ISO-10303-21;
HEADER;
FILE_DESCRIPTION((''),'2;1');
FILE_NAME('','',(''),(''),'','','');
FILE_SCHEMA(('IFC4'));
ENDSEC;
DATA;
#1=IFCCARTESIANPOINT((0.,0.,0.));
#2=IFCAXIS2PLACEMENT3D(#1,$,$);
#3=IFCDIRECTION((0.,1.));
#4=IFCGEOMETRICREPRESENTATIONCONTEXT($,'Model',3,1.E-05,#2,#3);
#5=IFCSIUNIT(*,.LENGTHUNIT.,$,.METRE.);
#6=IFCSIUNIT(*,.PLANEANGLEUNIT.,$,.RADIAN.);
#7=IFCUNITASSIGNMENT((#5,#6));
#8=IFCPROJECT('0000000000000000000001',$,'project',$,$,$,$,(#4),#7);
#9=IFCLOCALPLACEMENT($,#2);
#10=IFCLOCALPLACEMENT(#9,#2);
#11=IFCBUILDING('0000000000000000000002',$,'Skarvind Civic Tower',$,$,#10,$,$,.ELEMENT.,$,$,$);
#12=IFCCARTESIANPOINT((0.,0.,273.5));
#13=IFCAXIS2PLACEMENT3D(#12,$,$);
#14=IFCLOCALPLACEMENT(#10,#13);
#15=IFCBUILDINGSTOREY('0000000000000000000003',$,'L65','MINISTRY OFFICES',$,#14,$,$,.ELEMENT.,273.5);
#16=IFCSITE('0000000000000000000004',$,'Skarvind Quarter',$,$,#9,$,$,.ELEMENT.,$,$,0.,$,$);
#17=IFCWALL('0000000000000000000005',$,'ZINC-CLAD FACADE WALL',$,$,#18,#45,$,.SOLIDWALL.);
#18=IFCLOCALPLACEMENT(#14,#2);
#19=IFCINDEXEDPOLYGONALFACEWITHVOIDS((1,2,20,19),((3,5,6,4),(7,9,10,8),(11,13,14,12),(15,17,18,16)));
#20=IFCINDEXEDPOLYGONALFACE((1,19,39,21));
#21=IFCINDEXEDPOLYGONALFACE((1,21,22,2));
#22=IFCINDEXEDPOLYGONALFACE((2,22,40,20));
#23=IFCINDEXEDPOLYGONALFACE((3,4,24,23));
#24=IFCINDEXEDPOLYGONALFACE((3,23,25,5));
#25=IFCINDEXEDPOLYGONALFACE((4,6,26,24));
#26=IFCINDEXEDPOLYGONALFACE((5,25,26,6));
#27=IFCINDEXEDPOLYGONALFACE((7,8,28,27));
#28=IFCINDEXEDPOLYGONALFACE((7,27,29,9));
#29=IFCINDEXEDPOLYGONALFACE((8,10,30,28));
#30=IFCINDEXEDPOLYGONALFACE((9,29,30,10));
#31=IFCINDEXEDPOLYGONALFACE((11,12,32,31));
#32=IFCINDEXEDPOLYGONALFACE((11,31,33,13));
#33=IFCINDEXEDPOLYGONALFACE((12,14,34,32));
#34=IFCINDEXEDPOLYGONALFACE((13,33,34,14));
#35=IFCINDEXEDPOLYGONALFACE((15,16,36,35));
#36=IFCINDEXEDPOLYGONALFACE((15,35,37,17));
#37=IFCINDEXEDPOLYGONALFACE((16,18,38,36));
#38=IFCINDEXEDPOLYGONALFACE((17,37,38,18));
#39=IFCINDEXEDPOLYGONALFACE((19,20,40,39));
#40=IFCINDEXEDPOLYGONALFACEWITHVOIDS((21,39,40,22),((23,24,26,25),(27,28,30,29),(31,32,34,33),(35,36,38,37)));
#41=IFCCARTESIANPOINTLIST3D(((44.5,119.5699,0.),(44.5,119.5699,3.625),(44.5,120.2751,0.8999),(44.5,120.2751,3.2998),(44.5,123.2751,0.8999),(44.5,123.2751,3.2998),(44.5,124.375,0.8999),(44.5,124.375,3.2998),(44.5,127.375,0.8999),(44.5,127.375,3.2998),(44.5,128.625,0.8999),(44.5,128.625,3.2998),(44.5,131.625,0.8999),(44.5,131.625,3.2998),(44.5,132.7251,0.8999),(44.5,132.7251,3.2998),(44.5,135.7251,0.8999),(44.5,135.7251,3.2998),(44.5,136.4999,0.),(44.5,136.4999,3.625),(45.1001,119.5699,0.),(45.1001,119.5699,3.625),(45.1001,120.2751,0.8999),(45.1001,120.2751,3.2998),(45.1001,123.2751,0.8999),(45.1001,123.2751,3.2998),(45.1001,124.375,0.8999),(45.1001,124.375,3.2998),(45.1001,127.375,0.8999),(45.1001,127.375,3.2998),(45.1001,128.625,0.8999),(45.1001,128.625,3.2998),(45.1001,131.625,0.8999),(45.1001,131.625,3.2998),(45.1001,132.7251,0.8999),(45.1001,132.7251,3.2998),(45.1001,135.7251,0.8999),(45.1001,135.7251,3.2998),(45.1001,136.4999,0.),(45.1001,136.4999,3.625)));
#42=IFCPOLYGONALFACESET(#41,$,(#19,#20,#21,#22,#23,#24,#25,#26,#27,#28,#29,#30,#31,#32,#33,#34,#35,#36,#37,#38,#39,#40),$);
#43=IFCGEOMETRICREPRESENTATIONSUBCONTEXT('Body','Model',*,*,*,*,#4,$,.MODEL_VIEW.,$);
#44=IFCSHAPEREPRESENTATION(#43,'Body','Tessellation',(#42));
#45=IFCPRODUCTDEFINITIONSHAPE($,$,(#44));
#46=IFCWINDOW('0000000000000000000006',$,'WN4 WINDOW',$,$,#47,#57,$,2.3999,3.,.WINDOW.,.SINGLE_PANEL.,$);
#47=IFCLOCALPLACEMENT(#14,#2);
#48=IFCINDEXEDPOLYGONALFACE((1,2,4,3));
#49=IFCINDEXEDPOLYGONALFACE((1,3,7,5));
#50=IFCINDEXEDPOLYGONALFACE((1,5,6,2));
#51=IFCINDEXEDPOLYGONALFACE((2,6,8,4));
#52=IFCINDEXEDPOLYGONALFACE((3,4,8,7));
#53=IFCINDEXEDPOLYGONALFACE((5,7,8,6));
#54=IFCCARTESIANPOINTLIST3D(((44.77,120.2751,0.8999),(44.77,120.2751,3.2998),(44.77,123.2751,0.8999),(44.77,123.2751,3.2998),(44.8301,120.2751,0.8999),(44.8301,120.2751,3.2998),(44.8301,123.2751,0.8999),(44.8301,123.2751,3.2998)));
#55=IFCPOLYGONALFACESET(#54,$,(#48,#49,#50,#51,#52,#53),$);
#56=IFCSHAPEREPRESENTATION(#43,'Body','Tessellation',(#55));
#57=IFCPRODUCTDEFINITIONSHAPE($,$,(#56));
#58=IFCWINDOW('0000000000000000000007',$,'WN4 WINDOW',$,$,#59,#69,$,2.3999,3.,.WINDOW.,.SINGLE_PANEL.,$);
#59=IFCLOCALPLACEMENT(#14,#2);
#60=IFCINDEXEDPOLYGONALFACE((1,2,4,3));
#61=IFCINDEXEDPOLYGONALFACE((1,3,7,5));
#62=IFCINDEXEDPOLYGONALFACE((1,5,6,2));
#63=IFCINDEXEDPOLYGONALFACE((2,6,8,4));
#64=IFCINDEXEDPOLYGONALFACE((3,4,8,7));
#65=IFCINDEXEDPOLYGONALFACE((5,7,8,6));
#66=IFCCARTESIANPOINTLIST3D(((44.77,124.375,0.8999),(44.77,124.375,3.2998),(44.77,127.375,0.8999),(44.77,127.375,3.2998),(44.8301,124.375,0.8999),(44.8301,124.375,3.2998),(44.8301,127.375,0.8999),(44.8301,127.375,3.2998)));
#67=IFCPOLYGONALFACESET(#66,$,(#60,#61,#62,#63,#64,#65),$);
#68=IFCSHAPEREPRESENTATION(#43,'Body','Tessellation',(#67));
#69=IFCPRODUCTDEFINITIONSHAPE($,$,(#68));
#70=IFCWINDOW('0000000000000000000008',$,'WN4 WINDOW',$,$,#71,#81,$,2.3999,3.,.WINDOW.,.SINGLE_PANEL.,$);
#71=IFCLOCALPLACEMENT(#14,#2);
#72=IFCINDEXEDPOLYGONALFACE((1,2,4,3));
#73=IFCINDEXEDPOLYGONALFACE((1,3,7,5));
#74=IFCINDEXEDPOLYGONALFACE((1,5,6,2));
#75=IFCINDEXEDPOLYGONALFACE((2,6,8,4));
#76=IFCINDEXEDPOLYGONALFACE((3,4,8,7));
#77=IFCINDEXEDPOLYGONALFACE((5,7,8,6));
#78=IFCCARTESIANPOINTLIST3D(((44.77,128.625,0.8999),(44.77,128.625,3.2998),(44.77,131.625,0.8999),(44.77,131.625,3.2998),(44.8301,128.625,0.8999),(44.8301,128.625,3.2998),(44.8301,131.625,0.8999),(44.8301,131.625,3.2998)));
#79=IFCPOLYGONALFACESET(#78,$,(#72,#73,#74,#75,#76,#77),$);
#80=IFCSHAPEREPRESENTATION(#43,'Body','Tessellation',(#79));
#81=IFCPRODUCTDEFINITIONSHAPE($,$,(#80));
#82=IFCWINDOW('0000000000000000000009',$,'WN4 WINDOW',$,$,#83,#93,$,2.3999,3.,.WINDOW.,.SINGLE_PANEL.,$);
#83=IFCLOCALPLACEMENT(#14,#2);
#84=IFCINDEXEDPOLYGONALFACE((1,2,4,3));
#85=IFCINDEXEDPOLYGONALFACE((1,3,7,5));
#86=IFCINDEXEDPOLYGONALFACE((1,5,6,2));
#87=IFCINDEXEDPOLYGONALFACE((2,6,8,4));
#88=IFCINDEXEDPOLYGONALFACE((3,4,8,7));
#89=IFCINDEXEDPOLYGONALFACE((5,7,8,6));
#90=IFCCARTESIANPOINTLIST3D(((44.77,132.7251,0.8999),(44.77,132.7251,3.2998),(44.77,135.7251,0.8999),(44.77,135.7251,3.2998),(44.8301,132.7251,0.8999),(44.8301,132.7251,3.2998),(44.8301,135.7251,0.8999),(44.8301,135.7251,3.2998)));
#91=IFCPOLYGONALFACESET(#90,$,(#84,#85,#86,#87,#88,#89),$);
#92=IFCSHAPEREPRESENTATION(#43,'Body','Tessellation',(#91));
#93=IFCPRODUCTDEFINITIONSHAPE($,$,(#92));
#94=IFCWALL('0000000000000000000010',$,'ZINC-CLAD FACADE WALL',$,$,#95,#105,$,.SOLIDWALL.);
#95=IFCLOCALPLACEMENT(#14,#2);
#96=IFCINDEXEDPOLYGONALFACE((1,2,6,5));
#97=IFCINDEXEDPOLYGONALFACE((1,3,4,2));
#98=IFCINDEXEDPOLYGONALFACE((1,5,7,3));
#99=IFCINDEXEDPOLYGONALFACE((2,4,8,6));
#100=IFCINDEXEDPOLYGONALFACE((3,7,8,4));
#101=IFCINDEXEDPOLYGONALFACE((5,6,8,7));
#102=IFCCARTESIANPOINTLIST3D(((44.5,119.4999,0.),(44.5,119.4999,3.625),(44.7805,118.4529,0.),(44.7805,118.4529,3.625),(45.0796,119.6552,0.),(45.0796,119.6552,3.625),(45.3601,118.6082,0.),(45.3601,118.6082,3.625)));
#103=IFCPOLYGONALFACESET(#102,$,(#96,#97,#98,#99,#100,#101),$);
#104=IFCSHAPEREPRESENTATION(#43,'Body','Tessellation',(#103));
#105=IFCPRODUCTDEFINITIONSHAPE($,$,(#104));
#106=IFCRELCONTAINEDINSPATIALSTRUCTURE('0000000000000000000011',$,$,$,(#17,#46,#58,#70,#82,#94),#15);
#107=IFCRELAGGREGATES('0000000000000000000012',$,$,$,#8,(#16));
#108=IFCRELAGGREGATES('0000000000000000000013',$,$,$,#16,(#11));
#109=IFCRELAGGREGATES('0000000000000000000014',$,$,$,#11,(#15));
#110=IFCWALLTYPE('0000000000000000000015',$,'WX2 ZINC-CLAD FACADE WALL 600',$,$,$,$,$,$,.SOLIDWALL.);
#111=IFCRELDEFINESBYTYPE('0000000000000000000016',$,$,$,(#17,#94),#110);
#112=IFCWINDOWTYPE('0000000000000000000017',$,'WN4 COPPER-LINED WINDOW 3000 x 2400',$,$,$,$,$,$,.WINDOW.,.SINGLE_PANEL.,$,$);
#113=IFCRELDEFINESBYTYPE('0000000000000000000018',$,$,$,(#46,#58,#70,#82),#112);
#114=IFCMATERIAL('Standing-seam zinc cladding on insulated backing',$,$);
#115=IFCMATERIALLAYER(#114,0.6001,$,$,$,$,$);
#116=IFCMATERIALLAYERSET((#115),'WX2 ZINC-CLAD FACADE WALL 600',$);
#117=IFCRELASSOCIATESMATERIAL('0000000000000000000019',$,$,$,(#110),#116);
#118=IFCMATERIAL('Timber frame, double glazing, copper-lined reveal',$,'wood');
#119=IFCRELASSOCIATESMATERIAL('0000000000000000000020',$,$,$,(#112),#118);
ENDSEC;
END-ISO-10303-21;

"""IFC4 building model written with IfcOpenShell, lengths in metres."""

from ifc_helpers import new_model, si_unit, direction, frame, frame_2d, origin, place, context, subcontext, project, spatial, rectangle, extrude, material, layer, layer_set, type_object, element, fill, save


model = new_model("IFC4")

# Units and contexts
model_context = context("Model", 3, precision=1e-05, world=origin(), true_north=direction((0.0, 1.0)))
body_context = subcontext(model_context, "Body", "Model", "MODEL_VIEW")
ifc_project = project(units=[si_unit("LENGTHUNIT", "METRE"), si_unit("PLANEANGLEUNIT", "RADIAN")], contexts=[model_context])

# Site, building, storey
site_placement = place(None, origin())
site = spatial("IfcSite", under=ifc_project, at=site_placement, Name="Skarvind Quarter", CompositionType="ELEMENT", RefElevation=0.0)
building_placement = place(site_placement, origin())
building = spatial("IfcBuilding", under=site, at=building_placement, Name="Skarvind Civic Tower", CompositionType="ELEMENT")
storey_placement = place(building_placement, frame((0.0, 0.0, 273.5)))
storey = spatial("IfcBuildingStorey", under=building, at=storey_placement, Name="L65", Description="MINISTRY OFFICES", CompositionType="ELEMENT", Elevation=273.5)

# Wall, openings, windows
ifc_material_1 = material(Name="Standing-seam zinc cladding on insulated backing")
ifc_layer_1 = layer(ifc_material_1, 0.6001)
ifc_layer_set_1 = layer_set([ifc_layer_1], Name="WX2 ZINC-CLAD FACADE WALL 600")
wall_type_1 = type_object("IfcWallType", Name="WX2 ZINC-CLAD FACADE WALL 600", PredefinedType="SOLIDWALL", material=ifc_layer_set_1)
wall_1_placement = place(storey_placement, frame((44.8, 119.5701, 0.0), z_axis=(0.0, 0.0, 1.0), x_axis=(0.0, 1.0, 0.0)))
wall_1 = element("IfcWall", 1, at=wall_1_placement, inside=storey, type_object=wall_type_1, Name="ZINC-CLAD FACADE WALL", PredefinedType="SOLIDWALL", context=body_context, shape_type="SweptSolid", body=[
    extrude(rectangle(XDim=16.9299, YDim=0.6001, at=frame_2d((8.4648, 0.0))), origin(), (0.0, 0.0, 1.0), 3.625),
])
opening_1_placement = place(wall_1_placement, frame((0.7051, 0.0, 0.8999)))
opening_1 = element("IfcOpeningElement", 2, at=opening_1_placement, cuts=wall_1, PredefinedType="OPENING", context=body_context, shape_type="SweptSolid", body=[
    extrude(rectangle(XDim=3.0, YDim=2.3999, at=frame_2d((1.5, 1.2))), frame((0.0, 0.3101, 0.0), z_axis=(0.0, -1.0, 0.0), x_axis=(1.0, 0.0, 0.0)), (0.0, 0.0, 1.0), 0.6201),
])
opening_2_placement = place(wall_1_placement, frame((4.8049, 0.0, 0.8999)))
opening_2 = element("IfcOpeningElement", 3, at=opening_2_placement, cuts=wall_1, PredefinedType="OPENING", context=body_context, shape_type="SweptSolid", body=[
    extrude(rectangle(XDim=3.0, YDim=2.3999, at=frame_2d((1.5, 1.2))), frame((0.0, 0.3101, 0.0), z_axis=(0.0, -1.0, 0.0), x_axis=(1.0, 0.0, 0.0)), (0.0, 0.0, 1.0), 0.6201),
])
opening_3_placement = place(wall_1_placement, frame((9.0549, 0.0, 0.8999)))
opening_3 = element("IfcOpeningElement", 4, at=opening_3_placement, cuts=wall_1, PredefinedType="OPENING", context=body_context, shape_type="SweptSolid", body=[
    extrude(rectangle(XDim=3.0, YDim=2.3999, at=frame_2d((1.5, 1.2))), frame((0.0, 0.3101, 0.0), z_axis=(0.0, -1.0, 0.0), x_axis=(1.0, 0.0, 0.0)), (0.0, 0.0, 1.0), 0.6201),
])
opening_4_placement = place(wall_1_placement, frame((13.155, 0.0, 0.8999)))
opening_4 = element("IfcOpeningElement", 5, at=opening_4_placement, cuts=wall_1, PredefinedType="OPENING", context=body_context, shape_type="SweptSolid", body=[
    extrude(rectangle(XDim=3.0, YDim=2.3999, at=frame_2d((1.5, 1.2))), frame((0.0, 0.3101, 0.0), z_axis=(0.0, -1.0, 0.0), x_axis=(1.0, 0.0, 0.0)), (0.0, 0.0, 1.0), 0.6201),
])
ifc_material_2 = material(Name="Timber frame, double glazing, copper-lined reveal", Category="wood")
window_type = type_object("IfcWindowType", Name="WN4 COPPER-LINED WINDOW 3000 x 2400", PartitioningType="SINGLE_PANEL", PredefinedType="WINDOW", material=ifc_material_2)
window_1_placement = place(opening_1_placement, origin())
window_1 = element("IfcWindow", 6, at=window_1_placement, inside=storey, type_object=window_type, Name="WN4 WINDOW", OverallHeight=2.3999, OverallWidth=3.0, PartitioningType="SINGLE_PANEL", PredefinedType="WINDOW", context=body_context, shape_type="SweptSolid", body=[
    extrude(rectangle(XDim=3.0, YDim=2.3999, at=frame_2d((1.5, 1.2))), frame((0.0, 0.03, 0.0), z_axis=(0.0, -1.0, 0.0), x_axis=(1.0, 0.0, 0.0)), (0.0, 0.0, 1.0), 0.0601),
])
fill(opening_1, window_1)
window_2_placement = place(opening_2_placement, origin())
window_2 = element("IfcWindow", 7, at=window_2_placement, inside=storey, type_object=window_type, Name="WN4 WINDOW", OverallHeight=2.3999, OverallWidth=3.0, PartitioningType="SINGLE_PANEL", PredefinedType="WINDOW", context=body_context, shape_type="SweptSolid", body=[
    extrude(rectangle(XDim=3.0, YDim=2.3999, at=frame_2d((1.5, 1.2))), frame((0.0, 0.03, 0.0), z_axis=(0.0, -1.0, 0.0), x_axis=(1.0, 0.0, 0.0)), (0.0, 0.0, 1.0), 0.0601),
])
fill(opening_2, window_2)
window_3_placement = place(opening_3_placement, origin())
window_3 = element("IfcWindow", 8, at=window_3_placement, inside=storey, type_object=window_type, Name="WN4 WINDOW", OverallHeight=2.3999, OverallWidth=3.0, PartitioningType="SINGLE_PANEL", PredefinedType="WINDOW", context=body_context, shape_type="SweptSolid", body=[
    extrude(rectangle(XDim=3.0, YDim=2.3999, at=frame_2d((1.5, 1.2))), frame((0.0, 0.03, 0.0), z_axis=(0.0, -1.0, 0.0), x_axis=(1.0, 0.0, 0.0)), (0.0, 0.0, 1.0), 0.0601),
])
fill(opening_3, window_3)
window_4_placement = place(opening_4_placement, origin())
window_4 = element("IfcWindow", 9, at=window_4_placement, inside=storey, type_object=window_type, Name="WN4 WINDOW", OverallHeight=2.3999, OverallWidth=3.0, PartitioningType="SINGLE_PANEL", PredefinedType="WINDOW", context=body_context, shape_type="SweptSolid", body=[
    extrude(rectangle(XDim=3.0, YDim=2.3999, at=frame_2d((1.5, 1.2))), frame((0.0, 0.03, 0.0), z_axis=(0.0, -1.0, 0.0), x_axis=(1.0, 0.0, 0.0)), (0.0, 0.0, 1.0), 0.0601),
])
fill(opening_4, window_4)

# Wall
wall_2_placement = place(storey_placement, frame((45.0703, 118.5305, 0.0), z_axis=(0.0, 0.0, 1.0), x_axis=(-0.25877, 0.965939, 0.0)))
element("IfcWall", 10, at=wall_2_placement, inside=storey, type_object=wall_type_1, Name="ZINC-CLAD FACADE WALL", PredefinedType="SOLIDWALL", context=body_context, shape_type="SweptSolid", body=[
    extrude(rectangle(XDim=1.084, YDim=0.6001, at=frame_2d((0.542, 0.0))), origin(), (0.0, 0.0, 1.0), 3.625),
])

save(model, "model.ifc")
